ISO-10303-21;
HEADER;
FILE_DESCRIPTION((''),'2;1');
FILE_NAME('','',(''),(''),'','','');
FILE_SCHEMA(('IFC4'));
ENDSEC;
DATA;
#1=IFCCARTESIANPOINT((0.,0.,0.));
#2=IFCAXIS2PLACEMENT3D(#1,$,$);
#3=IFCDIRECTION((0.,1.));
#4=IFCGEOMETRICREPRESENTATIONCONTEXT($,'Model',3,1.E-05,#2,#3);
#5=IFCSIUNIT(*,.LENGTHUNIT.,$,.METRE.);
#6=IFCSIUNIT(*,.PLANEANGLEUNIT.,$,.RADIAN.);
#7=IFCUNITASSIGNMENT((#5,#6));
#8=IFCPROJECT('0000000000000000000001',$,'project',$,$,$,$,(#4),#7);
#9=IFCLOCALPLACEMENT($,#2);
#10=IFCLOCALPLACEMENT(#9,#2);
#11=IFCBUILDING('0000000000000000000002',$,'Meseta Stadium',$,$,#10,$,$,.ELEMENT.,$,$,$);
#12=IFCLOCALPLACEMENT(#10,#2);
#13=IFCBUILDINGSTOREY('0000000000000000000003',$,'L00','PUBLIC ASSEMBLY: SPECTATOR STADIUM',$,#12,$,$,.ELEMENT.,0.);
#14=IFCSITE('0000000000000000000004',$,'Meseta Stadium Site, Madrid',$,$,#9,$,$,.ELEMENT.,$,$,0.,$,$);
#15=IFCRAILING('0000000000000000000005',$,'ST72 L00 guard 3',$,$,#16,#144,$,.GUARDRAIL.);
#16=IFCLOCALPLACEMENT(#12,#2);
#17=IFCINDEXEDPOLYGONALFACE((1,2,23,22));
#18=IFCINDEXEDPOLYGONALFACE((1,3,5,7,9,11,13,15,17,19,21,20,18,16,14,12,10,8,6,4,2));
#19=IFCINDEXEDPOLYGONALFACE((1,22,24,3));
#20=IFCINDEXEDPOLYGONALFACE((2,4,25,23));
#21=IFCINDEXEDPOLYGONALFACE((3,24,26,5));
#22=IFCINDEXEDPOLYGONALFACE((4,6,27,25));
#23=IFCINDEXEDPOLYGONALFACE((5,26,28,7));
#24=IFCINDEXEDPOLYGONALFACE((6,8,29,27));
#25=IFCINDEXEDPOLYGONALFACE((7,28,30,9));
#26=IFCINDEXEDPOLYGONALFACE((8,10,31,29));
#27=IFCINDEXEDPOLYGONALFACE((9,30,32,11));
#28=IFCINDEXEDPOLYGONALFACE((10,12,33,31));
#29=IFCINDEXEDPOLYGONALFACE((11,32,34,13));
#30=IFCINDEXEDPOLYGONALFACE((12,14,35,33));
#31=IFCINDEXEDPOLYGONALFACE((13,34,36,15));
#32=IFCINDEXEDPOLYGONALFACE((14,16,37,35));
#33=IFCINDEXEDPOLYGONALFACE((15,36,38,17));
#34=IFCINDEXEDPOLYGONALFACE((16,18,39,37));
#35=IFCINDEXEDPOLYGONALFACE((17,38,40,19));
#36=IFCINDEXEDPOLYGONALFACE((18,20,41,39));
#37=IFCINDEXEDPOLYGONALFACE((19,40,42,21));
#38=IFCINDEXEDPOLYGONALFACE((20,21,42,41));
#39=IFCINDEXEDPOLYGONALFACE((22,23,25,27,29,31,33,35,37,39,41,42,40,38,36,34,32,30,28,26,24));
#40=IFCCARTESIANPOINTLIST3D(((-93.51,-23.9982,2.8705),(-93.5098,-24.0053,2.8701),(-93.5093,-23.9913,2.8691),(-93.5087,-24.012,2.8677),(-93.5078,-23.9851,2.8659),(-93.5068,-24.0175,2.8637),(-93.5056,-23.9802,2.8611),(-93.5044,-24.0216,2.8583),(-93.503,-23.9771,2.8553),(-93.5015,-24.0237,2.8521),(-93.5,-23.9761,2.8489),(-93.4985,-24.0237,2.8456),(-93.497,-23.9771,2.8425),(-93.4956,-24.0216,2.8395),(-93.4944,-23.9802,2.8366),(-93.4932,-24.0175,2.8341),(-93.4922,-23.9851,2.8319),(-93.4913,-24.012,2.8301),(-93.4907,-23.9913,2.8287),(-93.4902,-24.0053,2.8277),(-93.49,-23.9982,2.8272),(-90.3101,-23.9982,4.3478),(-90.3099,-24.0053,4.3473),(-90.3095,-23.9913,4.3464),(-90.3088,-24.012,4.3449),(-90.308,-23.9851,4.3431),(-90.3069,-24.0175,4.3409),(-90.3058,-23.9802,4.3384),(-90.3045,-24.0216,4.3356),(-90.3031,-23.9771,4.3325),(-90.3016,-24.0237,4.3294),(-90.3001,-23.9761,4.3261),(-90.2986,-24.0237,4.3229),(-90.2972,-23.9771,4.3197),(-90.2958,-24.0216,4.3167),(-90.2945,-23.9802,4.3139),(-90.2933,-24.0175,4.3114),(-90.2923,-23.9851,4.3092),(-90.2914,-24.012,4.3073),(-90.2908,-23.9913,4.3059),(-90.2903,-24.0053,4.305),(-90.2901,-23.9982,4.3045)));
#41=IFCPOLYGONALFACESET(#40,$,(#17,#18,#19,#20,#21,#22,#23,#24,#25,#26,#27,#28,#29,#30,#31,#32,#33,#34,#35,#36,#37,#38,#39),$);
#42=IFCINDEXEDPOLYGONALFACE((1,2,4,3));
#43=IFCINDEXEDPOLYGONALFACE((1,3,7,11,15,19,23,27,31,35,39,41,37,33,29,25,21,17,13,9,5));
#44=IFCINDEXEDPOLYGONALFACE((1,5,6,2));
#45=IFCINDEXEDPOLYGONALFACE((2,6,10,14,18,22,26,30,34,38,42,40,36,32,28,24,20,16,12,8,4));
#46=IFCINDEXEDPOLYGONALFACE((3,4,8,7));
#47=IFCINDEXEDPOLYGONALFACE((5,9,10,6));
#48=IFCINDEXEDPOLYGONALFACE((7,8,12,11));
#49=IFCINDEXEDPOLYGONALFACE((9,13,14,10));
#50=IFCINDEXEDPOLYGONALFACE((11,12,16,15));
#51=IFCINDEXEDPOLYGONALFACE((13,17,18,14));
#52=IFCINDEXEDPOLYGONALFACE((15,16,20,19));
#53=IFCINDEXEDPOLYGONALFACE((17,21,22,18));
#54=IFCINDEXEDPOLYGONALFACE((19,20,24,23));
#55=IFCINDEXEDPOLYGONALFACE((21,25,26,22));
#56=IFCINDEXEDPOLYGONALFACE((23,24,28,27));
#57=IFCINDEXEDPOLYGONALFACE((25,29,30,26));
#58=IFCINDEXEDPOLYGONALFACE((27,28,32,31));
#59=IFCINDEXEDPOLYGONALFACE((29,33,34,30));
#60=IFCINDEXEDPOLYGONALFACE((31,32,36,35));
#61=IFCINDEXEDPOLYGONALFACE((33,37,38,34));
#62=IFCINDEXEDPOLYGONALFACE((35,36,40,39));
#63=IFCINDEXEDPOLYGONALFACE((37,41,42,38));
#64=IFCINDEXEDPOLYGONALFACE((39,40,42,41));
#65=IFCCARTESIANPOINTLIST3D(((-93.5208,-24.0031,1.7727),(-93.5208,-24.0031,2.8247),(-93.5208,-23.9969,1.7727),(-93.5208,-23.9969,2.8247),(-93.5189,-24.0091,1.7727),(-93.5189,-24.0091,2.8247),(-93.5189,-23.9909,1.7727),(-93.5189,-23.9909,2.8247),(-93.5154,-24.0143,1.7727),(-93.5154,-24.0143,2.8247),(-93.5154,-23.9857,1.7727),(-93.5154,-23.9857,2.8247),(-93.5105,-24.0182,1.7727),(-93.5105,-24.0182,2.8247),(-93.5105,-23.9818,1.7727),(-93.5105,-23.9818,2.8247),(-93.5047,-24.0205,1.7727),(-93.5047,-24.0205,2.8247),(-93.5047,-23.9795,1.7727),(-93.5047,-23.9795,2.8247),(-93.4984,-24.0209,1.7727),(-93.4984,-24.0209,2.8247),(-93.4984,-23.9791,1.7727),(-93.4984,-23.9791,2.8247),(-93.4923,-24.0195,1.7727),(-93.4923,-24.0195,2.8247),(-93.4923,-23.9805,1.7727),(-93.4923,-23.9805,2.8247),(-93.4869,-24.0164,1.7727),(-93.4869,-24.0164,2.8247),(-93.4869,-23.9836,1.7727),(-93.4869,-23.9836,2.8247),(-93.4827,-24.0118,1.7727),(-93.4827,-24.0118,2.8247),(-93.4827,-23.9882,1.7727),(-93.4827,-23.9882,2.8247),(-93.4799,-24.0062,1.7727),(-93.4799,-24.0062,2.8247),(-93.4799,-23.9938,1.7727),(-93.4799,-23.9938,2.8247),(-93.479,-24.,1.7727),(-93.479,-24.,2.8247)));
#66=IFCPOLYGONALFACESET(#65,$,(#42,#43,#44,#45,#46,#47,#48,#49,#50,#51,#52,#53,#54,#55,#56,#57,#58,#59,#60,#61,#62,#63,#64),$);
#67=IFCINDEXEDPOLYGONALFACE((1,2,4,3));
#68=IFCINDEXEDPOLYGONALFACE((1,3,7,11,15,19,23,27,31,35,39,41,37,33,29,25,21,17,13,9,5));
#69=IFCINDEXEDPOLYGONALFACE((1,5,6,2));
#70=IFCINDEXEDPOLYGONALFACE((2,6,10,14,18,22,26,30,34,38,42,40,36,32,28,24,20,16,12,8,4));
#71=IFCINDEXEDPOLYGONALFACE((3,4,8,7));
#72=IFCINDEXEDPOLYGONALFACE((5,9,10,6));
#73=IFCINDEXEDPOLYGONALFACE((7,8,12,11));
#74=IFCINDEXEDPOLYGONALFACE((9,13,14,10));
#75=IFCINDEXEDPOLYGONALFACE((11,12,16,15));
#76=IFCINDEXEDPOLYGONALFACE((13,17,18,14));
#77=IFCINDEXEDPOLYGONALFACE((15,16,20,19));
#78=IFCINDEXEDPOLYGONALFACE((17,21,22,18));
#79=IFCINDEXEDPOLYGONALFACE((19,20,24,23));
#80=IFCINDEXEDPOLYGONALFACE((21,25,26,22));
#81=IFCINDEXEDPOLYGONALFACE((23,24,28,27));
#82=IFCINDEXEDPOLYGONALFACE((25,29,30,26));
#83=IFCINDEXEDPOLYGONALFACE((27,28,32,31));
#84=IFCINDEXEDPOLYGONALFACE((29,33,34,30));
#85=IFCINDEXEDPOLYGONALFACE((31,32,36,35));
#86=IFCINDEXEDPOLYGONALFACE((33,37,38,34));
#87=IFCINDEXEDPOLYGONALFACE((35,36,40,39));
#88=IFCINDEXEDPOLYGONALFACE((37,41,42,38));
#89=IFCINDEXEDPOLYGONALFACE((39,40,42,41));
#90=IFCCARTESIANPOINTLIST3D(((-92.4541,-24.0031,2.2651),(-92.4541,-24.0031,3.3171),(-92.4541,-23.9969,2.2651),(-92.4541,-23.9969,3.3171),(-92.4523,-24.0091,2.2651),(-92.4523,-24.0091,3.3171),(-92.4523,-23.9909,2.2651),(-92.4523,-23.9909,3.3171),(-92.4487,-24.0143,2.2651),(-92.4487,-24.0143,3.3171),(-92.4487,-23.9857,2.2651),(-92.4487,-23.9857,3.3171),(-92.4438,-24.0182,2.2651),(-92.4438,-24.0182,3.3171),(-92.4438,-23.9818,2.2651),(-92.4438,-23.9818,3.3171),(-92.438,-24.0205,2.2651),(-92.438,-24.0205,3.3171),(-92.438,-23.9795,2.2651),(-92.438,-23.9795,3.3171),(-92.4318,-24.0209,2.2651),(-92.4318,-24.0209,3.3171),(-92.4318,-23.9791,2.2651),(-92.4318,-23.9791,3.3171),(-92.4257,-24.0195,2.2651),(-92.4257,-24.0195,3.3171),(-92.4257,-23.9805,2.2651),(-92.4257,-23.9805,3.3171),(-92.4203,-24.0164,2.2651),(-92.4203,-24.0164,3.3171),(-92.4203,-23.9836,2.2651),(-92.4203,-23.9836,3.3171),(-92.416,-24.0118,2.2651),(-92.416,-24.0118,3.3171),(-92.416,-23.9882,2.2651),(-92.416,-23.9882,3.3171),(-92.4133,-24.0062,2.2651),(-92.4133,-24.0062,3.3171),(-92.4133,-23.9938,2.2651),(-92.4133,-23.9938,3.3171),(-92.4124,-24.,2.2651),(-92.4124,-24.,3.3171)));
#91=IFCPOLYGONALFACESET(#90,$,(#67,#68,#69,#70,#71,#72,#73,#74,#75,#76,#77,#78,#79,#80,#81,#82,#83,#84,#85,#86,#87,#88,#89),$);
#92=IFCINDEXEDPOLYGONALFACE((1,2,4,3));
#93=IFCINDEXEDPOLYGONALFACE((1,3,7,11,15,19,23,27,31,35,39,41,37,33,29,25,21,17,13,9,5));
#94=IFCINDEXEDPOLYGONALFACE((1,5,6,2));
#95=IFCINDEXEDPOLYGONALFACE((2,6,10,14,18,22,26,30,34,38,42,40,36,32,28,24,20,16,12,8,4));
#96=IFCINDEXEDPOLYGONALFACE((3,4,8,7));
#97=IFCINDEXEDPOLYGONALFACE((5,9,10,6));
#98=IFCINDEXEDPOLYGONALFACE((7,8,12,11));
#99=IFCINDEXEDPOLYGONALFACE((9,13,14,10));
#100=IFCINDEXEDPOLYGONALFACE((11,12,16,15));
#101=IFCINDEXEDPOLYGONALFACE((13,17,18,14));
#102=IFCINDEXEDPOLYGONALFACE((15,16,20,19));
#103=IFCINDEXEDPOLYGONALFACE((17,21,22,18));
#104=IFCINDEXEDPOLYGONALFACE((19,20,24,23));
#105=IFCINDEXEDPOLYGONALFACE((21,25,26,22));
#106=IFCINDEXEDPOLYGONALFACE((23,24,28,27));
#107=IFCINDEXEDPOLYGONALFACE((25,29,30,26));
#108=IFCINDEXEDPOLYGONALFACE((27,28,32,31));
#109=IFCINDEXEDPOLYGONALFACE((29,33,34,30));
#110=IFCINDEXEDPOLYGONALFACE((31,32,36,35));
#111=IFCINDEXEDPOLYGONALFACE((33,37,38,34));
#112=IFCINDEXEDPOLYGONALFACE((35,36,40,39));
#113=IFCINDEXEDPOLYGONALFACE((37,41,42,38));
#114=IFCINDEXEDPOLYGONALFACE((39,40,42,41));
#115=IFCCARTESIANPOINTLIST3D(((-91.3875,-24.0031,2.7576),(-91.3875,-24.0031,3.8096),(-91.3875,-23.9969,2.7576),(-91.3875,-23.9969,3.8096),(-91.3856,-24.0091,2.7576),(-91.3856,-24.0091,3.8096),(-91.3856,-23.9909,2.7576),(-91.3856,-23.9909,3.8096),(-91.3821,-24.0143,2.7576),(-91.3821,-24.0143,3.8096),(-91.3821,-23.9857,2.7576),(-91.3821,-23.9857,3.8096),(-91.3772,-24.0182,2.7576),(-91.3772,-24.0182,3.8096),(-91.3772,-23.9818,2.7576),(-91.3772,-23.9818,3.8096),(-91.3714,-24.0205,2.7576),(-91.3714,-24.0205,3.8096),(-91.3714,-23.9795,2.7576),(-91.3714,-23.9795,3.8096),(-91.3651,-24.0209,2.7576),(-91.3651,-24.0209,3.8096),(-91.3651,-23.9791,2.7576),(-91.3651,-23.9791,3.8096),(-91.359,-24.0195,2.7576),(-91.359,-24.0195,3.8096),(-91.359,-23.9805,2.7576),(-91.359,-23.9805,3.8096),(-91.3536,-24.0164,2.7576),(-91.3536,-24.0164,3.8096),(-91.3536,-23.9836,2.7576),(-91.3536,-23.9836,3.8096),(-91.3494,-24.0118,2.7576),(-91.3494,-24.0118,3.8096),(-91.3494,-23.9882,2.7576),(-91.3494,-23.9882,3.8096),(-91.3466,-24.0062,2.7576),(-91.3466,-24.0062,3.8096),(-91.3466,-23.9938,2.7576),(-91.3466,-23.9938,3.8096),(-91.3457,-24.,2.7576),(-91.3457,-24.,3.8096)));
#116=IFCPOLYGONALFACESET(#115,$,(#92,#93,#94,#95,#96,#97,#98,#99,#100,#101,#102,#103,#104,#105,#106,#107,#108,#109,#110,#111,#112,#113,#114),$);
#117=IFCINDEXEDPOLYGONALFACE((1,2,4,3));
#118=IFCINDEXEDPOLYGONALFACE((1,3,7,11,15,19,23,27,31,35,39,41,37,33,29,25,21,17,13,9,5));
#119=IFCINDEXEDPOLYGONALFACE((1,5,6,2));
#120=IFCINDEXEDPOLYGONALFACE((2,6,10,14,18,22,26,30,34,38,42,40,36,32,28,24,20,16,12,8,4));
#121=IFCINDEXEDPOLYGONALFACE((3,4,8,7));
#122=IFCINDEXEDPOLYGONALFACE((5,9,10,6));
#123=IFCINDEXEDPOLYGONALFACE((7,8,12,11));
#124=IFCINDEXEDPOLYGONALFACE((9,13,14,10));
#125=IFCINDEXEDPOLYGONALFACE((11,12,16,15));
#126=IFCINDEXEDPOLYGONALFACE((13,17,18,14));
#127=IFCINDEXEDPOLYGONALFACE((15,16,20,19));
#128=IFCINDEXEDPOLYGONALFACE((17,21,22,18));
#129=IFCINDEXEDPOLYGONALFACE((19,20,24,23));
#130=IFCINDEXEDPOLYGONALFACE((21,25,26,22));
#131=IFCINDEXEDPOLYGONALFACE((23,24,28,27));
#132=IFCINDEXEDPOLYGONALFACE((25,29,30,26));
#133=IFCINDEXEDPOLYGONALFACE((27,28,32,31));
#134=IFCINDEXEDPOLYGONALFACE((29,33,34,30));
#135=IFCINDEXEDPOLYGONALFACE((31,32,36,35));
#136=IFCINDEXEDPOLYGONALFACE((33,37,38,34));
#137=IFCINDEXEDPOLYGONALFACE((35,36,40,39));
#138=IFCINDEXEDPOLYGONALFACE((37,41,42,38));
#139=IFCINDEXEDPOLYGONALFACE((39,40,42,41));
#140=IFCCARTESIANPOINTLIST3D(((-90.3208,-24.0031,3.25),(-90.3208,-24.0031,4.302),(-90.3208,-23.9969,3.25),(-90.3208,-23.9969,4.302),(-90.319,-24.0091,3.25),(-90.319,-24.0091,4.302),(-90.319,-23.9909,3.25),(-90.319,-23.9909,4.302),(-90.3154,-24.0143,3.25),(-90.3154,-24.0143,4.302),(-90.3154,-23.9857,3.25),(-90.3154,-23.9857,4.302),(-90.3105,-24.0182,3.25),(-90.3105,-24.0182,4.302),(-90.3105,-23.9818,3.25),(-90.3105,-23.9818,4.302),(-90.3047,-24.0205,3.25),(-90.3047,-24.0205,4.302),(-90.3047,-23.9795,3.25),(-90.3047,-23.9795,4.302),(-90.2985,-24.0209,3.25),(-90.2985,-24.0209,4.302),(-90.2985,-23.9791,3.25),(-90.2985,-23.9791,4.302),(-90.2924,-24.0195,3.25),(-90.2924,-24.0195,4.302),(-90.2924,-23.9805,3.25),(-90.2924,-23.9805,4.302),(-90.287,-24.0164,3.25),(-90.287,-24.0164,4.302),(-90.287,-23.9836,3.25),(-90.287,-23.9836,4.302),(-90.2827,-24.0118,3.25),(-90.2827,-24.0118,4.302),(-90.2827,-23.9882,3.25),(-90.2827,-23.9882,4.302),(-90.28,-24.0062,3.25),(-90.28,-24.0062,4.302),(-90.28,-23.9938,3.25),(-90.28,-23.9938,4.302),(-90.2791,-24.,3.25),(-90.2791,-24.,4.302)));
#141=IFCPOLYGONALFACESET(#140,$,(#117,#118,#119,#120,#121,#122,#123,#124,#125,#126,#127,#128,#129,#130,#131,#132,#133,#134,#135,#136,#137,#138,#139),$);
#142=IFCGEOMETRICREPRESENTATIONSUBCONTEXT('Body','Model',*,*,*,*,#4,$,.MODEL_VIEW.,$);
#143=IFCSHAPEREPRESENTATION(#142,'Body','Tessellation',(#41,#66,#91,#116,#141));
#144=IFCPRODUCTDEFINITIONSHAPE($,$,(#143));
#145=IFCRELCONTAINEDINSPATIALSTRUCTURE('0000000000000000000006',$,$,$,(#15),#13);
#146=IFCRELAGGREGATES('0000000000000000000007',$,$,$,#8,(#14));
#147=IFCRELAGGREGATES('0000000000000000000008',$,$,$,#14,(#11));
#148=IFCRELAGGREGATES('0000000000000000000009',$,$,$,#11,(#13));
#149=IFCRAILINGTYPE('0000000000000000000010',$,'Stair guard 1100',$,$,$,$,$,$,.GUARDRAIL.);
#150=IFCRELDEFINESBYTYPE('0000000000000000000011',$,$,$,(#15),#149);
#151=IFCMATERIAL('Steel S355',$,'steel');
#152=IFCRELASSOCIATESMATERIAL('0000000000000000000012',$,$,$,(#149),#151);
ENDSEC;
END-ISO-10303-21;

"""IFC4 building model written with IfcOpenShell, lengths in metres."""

from ifc_helpers import new_model, si_unit, direction, frame, origin, origin_2d, place, context, subcontext, project, spatial, circle, extrude, material, type_object, element, save


model = new_model("IFC4")

# Units and contexts
model_context = context("Model", 3, precision=1e-05, world=origin(), true_north=direction((0.0, 1.0)))
body_context = subcontext(model_context, "Body", "Model", "MODEL_VIEW")
ifc_project = project(units=[si_unit("LENGTHUNIT", "METRE"), si_unit("PLANEANGLEUNIT", "RADIAN")], contexts=[model_context])

# Site, building, storey
site_placement = place(None, origin())
site = spatial("IfcSite", under=ifc_project, at=site_placement, Name="Meseta Stadium Site, Madrid", CompositionType="ELEMENT", RefElevation=0.0)
building_placement = place(site_placement, origin())
building = spatial("IfcBuilding", under=site, at=building_placement, Name="Meseta Stadium", CompositionType="ELEMENT")
storey_placement = place(building_placement, origin())
storey = spatial("IfcBuildingStorey", under=building, at=storey_placement, Name="L00", Description="PUBLIC ASSEMBLY: SPECTATOR STADIUM", CompositionType="ELEMENT", Elevation=0.0)

# Railing
ifc_material_1 = material(Name="Steel S355", Category="steel")
railing_type_1 = type_object("IfcRailingType", Name="Stair guard 1100", PredefinedType="GUARDRAIL", material=ifc_material_1)
railing_1_placement = place(storey_placement, frame((-93.5, -24.0, 1.7727)))
element("IfcRailing", 1, at=railing_1_placement, inside=storey, type_object=railing_type_1, Name="ST72 L00 guard 3", PredefinedType="GUARDRAIL", context=body_context, shape_type="SweptSolid", body=[
    extrude(circle(Radius=0.0239, at=origin_2d()), frame((0.0, 0.0, 1.0762), z_axis=(0.907917, 0.0, 0.41915), x_axis=(0.0, 1.0, 0.0)), (0.0, 0.0, 1.0), 3.5244),
    extrude(circle(Radius=0.021, at=origin_2d()), origin(), (0.0, 0.0, 1.0), 1.052),
    extrude(circle(Radius=0.021, at=origin_2d()), frame((1.0667, 0.0, 0.4924)), (0.0, 0.0, 1.0), 1.052),
    extrude(circle(Radius=0.021, at=origin_2d()), frame((2.1333, 0.0, 0.9849)), (0.0, 0.0, 1.0), 1.052),
    extrude(circle(Radius=0.021, at=origin_2d()), frame((3.2, 0.0, 1.4773)), (0.0, 0.0, 1.0), 1.052),
])

save(model, "model.ifc")
